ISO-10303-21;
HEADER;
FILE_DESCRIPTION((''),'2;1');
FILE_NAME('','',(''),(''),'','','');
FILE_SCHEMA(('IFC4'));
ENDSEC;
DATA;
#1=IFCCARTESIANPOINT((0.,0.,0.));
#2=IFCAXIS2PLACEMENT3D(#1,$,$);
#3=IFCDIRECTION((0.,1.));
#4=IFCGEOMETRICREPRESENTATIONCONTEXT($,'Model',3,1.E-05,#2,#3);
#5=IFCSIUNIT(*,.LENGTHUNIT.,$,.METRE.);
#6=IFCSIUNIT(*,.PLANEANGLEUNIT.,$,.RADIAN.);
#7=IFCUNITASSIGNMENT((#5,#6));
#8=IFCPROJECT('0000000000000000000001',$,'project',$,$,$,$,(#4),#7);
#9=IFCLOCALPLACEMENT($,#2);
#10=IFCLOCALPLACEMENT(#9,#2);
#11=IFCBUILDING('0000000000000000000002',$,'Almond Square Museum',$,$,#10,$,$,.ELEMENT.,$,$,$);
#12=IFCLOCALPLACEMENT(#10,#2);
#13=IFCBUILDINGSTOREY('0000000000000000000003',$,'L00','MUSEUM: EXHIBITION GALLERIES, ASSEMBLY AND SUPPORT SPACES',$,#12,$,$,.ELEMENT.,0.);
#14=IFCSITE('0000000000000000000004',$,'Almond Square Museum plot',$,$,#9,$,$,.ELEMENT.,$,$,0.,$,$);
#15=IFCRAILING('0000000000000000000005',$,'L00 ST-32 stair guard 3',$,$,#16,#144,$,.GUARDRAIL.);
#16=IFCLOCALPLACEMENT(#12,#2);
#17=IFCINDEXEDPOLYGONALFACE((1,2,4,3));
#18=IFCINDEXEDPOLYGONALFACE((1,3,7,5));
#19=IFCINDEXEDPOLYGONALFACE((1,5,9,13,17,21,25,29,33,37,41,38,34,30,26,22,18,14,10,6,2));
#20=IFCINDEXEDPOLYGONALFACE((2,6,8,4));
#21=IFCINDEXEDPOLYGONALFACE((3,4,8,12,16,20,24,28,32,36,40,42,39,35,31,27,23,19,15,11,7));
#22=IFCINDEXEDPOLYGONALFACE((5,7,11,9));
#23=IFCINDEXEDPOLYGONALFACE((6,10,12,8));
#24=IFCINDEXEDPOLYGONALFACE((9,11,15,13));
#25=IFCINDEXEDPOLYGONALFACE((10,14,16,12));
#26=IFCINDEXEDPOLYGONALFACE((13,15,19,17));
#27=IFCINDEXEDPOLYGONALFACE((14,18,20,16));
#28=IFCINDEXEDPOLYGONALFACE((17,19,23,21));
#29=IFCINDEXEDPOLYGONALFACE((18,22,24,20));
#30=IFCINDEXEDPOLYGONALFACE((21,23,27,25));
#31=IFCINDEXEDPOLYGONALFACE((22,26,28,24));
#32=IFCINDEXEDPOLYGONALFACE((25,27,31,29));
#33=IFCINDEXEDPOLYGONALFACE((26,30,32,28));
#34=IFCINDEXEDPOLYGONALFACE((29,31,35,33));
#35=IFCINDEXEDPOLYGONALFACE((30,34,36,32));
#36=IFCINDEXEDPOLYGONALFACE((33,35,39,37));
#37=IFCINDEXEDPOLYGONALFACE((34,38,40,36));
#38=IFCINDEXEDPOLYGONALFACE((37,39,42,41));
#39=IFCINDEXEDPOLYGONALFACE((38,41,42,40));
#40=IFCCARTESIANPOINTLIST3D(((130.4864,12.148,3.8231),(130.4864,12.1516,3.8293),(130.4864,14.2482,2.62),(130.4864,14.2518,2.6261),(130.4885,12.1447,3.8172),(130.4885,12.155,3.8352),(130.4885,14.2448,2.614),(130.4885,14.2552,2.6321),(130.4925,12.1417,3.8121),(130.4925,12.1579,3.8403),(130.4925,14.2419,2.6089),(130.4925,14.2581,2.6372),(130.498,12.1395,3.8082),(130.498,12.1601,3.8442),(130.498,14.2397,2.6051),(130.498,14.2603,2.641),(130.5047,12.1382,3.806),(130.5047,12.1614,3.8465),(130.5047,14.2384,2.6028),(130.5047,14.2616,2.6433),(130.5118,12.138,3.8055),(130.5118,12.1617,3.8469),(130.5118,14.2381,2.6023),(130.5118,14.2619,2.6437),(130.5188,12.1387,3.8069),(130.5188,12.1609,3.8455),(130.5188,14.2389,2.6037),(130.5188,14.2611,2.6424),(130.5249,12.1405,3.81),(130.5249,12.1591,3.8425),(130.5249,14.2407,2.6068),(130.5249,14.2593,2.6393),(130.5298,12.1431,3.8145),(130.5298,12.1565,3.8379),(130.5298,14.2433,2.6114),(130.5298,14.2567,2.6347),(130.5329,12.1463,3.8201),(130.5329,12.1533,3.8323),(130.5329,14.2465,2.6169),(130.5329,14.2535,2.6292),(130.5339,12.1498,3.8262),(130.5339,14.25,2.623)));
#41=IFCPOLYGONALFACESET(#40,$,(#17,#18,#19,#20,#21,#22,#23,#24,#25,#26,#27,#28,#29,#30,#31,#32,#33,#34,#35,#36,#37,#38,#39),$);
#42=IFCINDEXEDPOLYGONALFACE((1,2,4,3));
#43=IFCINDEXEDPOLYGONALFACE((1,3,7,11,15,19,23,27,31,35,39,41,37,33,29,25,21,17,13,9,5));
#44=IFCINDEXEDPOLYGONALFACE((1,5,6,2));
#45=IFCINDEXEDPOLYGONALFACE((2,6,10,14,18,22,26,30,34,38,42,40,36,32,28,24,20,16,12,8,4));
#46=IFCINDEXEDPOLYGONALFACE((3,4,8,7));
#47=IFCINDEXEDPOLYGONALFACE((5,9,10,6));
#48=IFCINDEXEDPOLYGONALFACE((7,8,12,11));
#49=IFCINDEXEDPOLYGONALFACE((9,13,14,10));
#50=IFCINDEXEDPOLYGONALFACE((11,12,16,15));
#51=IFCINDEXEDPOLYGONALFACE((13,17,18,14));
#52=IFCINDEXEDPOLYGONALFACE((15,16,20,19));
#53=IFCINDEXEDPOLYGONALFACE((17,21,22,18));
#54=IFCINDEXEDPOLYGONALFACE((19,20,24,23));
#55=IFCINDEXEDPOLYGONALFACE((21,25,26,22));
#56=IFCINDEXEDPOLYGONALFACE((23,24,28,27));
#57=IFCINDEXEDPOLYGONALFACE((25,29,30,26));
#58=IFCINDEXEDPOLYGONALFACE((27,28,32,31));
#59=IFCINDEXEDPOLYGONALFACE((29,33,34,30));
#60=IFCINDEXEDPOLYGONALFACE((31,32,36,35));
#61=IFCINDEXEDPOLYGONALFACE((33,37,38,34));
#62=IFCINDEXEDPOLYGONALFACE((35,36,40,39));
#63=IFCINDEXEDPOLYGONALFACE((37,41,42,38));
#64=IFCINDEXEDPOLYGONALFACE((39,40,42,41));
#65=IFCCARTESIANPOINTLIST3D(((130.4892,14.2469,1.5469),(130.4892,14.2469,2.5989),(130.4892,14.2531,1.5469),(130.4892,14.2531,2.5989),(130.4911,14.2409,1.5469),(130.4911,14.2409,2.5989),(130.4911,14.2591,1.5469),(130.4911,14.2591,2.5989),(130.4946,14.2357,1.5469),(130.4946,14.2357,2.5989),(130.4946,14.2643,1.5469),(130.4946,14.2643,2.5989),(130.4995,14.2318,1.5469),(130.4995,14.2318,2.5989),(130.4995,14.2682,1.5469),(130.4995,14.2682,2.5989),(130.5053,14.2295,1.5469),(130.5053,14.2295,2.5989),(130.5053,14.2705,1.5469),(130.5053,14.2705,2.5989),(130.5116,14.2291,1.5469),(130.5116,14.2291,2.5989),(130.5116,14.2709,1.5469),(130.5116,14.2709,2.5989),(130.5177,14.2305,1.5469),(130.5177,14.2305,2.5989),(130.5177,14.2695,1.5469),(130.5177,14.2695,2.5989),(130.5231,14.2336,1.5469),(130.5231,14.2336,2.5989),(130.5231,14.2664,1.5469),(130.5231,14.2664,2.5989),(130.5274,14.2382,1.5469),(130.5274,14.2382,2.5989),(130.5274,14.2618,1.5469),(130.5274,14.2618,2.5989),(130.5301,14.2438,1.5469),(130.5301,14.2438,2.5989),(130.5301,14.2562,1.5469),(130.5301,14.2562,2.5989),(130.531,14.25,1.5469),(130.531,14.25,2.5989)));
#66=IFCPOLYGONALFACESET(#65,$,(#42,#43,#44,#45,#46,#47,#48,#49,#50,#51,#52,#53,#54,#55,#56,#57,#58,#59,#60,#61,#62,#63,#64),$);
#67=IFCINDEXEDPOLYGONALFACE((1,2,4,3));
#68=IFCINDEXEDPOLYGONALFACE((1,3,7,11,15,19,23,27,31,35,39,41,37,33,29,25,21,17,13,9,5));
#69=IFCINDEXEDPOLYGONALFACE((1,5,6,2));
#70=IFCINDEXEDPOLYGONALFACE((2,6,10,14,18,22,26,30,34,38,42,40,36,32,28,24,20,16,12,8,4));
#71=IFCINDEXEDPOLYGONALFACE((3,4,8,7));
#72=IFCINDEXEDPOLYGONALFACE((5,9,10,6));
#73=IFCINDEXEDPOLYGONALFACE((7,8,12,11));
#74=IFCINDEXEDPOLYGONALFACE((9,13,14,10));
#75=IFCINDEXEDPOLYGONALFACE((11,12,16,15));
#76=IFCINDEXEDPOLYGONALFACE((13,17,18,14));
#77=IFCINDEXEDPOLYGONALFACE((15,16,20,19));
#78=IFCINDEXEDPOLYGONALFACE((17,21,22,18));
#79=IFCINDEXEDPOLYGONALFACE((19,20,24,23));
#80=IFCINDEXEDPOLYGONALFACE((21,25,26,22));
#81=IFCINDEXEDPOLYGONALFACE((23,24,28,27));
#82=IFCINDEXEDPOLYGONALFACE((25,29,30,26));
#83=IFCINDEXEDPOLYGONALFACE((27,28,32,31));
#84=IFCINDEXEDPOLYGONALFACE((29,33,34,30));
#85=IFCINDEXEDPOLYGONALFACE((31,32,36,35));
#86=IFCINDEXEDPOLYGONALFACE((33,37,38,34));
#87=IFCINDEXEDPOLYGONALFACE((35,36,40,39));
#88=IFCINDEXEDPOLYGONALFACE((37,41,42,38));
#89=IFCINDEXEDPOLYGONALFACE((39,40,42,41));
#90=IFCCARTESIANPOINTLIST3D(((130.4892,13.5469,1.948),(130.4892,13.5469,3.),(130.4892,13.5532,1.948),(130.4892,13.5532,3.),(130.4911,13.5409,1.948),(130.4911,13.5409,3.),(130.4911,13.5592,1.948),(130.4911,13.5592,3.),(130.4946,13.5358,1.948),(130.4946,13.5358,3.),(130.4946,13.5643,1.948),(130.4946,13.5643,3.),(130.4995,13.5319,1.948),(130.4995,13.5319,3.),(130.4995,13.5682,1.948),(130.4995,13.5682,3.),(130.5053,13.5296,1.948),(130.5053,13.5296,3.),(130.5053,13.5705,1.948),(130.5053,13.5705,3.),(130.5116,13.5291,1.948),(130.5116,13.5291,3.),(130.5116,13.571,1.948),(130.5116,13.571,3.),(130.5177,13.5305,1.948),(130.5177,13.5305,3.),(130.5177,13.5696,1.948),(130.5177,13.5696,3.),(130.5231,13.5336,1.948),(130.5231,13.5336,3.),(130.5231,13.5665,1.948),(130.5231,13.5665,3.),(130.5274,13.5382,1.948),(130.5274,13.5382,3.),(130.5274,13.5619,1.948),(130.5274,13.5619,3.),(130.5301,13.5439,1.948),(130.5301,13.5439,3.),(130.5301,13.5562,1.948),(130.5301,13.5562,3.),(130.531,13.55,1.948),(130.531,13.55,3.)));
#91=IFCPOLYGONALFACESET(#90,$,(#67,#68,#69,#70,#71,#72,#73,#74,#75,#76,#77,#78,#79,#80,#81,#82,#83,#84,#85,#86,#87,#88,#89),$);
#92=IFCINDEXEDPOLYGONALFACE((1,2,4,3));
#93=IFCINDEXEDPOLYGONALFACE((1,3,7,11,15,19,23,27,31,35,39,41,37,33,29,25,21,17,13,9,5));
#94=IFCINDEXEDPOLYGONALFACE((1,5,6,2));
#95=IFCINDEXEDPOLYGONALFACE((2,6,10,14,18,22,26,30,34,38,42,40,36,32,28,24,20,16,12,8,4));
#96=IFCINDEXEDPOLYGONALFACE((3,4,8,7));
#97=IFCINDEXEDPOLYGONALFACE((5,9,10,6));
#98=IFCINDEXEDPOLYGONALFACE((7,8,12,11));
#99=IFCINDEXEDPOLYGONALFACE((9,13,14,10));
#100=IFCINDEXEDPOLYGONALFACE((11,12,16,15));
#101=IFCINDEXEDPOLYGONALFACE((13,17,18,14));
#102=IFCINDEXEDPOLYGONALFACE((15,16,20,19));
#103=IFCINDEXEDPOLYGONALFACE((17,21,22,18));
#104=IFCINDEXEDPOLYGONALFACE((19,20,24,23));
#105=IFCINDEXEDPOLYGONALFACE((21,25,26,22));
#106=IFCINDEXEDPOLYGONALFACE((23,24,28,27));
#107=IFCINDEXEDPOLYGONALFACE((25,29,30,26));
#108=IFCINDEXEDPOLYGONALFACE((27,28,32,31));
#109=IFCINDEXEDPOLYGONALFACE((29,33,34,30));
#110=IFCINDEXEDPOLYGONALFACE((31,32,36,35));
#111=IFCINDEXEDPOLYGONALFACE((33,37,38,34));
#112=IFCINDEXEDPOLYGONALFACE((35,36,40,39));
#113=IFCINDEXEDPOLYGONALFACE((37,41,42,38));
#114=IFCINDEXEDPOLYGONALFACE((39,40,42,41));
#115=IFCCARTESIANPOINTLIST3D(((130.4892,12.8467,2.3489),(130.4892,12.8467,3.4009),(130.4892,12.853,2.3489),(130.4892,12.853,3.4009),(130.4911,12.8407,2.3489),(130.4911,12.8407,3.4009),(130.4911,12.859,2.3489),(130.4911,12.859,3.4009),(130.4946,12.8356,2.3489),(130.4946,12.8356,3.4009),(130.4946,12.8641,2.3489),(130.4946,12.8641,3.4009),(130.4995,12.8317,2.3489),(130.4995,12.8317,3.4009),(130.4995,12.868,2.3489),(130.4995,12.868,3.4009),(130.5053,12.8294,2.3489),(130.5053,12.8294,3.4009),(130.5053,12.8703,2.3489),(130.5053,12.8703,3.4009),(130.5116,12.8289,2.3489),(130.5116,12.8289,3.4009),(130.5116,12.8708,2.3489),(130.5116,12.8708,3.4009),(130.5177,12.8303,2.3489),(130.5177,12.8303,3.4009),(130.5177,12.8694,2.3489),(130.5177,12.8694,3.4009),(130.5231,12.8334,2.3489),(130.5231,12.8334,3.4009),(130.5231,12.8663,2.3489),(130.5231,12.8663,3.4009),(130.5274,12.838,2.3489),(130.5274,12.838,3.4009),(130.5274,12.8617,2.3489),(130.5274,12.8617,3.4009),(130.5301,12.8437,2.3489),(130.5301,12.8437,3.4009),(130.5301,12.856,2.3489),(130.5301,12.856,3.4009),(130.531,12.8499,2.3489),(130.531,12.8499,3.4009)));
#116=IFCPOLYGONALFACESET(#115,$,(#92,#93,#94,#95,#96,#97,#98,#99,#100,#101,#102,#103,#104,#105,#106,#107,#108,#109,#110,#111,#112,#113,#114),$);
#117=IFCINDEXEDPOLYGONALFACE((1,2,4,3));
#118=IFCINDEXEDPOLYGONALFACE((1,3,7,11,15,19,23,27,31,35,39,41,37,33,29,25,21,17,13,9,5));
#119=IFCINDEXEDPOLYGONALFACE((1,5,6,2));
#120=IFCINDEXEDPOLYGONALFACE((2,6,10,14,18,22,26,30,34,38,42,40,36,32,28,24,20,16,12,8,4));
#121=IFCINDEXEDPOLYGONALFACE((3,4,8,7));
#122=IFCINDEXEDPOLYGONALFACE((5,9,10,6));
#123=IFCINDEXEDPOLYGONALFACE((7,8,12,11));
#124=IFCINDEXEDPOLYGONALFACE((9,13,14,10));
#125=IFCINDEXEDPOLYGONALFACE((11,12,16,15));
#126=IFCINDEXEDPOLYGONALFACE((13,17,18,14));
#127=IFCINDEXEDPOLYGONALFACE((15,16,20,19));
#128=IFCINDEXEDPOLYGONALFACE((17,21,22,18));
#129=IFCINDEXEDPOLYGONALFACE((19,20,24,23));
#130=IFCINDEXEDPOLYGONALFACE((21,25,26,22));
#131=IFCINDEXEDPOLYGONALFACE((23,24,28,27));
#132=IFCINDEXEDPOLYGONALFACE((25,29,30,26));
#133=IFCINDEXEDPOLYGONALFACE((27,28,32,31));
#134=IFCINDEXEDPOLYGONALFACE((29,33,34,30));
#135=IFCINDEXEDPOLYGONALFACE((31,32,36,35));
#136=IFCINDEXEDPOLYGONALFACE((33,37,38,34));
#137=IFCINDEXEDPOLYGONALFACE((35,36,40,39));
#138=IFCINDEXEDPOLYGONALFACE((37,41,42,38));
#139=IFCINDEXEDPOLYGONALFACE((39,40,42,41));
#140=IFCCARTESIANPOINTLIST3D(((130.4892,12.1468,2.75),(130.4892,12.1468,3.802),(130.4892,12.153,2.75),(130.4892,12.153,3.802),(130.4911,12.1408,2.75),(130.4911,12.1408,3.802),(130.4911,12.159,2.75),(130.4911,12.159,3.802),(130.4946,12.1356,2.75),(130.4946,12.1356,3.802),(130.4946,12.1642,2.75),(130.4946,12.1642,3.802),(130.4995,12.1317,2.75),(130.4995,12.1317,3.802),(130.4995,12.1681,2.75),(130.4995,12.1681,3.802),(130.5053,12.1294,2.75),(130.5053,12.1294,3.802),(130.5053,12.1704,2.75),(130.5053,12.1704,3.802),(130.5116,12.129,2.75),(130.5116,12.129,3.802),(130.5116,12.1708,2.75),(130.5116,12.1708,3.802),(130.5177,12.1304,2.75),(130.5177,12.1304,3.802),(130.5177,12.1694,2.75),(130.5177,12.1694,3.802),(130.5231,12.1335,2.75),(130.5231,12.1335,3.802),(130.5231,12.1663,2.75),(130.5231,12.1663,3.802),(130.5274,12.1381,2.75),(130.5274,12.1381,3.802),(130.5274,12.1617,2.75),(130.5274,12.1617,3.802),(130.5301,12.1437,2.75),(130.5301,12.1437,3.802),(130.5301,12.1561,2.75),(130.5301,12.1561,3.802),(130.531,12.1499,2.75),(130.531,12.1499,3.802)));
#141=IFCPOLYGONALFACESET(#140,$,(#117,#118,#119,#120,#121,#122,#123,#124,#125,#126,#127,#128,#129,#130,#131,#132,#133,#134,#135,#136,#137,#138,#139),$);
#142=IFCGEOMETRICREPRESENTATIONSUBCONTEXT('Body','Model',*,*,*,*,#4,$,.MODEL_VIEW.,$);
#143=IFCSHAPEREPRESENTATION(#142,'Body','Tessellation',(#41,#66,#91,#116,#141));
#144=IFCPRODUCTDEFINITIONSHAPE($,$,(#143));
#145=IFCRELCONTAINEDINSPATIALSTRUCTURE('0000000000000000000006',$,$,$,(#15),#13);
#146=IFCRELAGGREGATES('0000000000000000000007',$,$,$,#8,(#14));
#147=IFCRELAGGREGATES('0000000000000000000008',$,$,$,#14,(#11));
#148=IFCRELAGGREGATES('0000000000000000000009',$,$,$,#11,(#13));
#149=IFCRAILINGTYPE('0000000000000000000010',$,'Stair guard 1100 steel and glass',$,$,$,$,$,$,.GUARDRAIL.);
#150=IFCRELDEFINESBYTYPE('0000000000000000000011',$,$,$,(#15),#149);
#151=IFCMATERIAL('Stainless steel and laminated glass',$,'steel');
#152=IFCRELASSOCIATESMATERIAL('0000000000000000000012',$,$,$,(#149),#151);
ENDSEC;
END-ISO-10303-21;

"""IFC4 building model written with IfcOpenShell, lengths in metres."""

from ifc_helpers import new_model, si_unit, direction, frame, origin, origin_2d, place, context, subcontext, project, spatial, circle, extrude, material, type_object, element, save


model = new_model("IFC4")

# Units and contexts
model_context = context("Model", 3, precision=1e-05, world=origin(), true_north=direction((0.0, 1.0)))
body_context = subcontext(model_context, "Body", "Model", "MODEL_VIEW")
ifc_project = project(units=[si_unit("LENGTHUNIT", "METRE"), si_unit("PLANEANGLEUNIT", "RADIAN")], contexts=[model_context])

# Site, building, storey
site_placement = place(None, origin())
site = spatial("IfcSite", under=ifc_project, at=site_placement, Name="Almond Square Museum plot", CompositionType="ELEMENT", RefElevation=0.0)
building_placement = place(site_placement, origin())
building = spatial("IfcBuilding", under=site, at=building_placement, Name="Almond Square Museum", CompositionType="ELEMENT")
storey_placement = place(building_placement, origin())
storey = spatial("IfcBuildingStorey", under=building, at=storey_placement, Name="L00", Description="MUSEUM: EXHIBITION GALLERIES, ASSEMBLY AND SUPPORT SPACES", CompositionType="ELEMENT", Elevation=0.0)

# Railing
ifc_material_1 = material(Name="Stainless steel and laminated glass", Category="steel")
railing_type_1 = type_object("IfcRailingType", Name="Stair guard 1100 steel and glass", PredefinedType="GUARDRAIL", material=ifc_material_1)
railing_1_placement = place(storey_placement, frame((130.51, 14.25, 1.5469)))
element("IfcRailing", 1, at=railing_1_placement, inside=storey, type_object=railing_type_1, Name="L00 ST-32 stair guard 3", PredefinedType="GUARDRAIL", context=body_context, shape_type="SweptSolid", body=[
    extrude(circle(Radius=0.0239, at=origin_2d()), frame((0.0, 0.0, 1.0762), z_axis=(0.0, -0.867696, 0.497095), x_axis=(1.0, 0.0, 0.0)), (0.0, 0.0, 1.0), 2.4204),
    extrude(circle(Radius=0.021, at=origin_2d()), origin(), (0.0, 0.0, 1.0), 1.052),
    extrude(circle(Radius=0.021, at=origin_2d()), frame((0.0, -0.7, 0.4011)), (0.0, 0.0, 1.0), 1.052),
    extrude(circle(Radius=0.021, at=origin_2d()), frame((0.0, -1.4001, 0.802)), (0.0, 0.0, 1.0), 1.052),
    extrude(circle(Radius=0.021, at=origin_2d()), frame((0.0, -2.1001, 1.2031)), (0.0, 0.0, 1.0), 1.052),
])

save(model, "model.ifc")
